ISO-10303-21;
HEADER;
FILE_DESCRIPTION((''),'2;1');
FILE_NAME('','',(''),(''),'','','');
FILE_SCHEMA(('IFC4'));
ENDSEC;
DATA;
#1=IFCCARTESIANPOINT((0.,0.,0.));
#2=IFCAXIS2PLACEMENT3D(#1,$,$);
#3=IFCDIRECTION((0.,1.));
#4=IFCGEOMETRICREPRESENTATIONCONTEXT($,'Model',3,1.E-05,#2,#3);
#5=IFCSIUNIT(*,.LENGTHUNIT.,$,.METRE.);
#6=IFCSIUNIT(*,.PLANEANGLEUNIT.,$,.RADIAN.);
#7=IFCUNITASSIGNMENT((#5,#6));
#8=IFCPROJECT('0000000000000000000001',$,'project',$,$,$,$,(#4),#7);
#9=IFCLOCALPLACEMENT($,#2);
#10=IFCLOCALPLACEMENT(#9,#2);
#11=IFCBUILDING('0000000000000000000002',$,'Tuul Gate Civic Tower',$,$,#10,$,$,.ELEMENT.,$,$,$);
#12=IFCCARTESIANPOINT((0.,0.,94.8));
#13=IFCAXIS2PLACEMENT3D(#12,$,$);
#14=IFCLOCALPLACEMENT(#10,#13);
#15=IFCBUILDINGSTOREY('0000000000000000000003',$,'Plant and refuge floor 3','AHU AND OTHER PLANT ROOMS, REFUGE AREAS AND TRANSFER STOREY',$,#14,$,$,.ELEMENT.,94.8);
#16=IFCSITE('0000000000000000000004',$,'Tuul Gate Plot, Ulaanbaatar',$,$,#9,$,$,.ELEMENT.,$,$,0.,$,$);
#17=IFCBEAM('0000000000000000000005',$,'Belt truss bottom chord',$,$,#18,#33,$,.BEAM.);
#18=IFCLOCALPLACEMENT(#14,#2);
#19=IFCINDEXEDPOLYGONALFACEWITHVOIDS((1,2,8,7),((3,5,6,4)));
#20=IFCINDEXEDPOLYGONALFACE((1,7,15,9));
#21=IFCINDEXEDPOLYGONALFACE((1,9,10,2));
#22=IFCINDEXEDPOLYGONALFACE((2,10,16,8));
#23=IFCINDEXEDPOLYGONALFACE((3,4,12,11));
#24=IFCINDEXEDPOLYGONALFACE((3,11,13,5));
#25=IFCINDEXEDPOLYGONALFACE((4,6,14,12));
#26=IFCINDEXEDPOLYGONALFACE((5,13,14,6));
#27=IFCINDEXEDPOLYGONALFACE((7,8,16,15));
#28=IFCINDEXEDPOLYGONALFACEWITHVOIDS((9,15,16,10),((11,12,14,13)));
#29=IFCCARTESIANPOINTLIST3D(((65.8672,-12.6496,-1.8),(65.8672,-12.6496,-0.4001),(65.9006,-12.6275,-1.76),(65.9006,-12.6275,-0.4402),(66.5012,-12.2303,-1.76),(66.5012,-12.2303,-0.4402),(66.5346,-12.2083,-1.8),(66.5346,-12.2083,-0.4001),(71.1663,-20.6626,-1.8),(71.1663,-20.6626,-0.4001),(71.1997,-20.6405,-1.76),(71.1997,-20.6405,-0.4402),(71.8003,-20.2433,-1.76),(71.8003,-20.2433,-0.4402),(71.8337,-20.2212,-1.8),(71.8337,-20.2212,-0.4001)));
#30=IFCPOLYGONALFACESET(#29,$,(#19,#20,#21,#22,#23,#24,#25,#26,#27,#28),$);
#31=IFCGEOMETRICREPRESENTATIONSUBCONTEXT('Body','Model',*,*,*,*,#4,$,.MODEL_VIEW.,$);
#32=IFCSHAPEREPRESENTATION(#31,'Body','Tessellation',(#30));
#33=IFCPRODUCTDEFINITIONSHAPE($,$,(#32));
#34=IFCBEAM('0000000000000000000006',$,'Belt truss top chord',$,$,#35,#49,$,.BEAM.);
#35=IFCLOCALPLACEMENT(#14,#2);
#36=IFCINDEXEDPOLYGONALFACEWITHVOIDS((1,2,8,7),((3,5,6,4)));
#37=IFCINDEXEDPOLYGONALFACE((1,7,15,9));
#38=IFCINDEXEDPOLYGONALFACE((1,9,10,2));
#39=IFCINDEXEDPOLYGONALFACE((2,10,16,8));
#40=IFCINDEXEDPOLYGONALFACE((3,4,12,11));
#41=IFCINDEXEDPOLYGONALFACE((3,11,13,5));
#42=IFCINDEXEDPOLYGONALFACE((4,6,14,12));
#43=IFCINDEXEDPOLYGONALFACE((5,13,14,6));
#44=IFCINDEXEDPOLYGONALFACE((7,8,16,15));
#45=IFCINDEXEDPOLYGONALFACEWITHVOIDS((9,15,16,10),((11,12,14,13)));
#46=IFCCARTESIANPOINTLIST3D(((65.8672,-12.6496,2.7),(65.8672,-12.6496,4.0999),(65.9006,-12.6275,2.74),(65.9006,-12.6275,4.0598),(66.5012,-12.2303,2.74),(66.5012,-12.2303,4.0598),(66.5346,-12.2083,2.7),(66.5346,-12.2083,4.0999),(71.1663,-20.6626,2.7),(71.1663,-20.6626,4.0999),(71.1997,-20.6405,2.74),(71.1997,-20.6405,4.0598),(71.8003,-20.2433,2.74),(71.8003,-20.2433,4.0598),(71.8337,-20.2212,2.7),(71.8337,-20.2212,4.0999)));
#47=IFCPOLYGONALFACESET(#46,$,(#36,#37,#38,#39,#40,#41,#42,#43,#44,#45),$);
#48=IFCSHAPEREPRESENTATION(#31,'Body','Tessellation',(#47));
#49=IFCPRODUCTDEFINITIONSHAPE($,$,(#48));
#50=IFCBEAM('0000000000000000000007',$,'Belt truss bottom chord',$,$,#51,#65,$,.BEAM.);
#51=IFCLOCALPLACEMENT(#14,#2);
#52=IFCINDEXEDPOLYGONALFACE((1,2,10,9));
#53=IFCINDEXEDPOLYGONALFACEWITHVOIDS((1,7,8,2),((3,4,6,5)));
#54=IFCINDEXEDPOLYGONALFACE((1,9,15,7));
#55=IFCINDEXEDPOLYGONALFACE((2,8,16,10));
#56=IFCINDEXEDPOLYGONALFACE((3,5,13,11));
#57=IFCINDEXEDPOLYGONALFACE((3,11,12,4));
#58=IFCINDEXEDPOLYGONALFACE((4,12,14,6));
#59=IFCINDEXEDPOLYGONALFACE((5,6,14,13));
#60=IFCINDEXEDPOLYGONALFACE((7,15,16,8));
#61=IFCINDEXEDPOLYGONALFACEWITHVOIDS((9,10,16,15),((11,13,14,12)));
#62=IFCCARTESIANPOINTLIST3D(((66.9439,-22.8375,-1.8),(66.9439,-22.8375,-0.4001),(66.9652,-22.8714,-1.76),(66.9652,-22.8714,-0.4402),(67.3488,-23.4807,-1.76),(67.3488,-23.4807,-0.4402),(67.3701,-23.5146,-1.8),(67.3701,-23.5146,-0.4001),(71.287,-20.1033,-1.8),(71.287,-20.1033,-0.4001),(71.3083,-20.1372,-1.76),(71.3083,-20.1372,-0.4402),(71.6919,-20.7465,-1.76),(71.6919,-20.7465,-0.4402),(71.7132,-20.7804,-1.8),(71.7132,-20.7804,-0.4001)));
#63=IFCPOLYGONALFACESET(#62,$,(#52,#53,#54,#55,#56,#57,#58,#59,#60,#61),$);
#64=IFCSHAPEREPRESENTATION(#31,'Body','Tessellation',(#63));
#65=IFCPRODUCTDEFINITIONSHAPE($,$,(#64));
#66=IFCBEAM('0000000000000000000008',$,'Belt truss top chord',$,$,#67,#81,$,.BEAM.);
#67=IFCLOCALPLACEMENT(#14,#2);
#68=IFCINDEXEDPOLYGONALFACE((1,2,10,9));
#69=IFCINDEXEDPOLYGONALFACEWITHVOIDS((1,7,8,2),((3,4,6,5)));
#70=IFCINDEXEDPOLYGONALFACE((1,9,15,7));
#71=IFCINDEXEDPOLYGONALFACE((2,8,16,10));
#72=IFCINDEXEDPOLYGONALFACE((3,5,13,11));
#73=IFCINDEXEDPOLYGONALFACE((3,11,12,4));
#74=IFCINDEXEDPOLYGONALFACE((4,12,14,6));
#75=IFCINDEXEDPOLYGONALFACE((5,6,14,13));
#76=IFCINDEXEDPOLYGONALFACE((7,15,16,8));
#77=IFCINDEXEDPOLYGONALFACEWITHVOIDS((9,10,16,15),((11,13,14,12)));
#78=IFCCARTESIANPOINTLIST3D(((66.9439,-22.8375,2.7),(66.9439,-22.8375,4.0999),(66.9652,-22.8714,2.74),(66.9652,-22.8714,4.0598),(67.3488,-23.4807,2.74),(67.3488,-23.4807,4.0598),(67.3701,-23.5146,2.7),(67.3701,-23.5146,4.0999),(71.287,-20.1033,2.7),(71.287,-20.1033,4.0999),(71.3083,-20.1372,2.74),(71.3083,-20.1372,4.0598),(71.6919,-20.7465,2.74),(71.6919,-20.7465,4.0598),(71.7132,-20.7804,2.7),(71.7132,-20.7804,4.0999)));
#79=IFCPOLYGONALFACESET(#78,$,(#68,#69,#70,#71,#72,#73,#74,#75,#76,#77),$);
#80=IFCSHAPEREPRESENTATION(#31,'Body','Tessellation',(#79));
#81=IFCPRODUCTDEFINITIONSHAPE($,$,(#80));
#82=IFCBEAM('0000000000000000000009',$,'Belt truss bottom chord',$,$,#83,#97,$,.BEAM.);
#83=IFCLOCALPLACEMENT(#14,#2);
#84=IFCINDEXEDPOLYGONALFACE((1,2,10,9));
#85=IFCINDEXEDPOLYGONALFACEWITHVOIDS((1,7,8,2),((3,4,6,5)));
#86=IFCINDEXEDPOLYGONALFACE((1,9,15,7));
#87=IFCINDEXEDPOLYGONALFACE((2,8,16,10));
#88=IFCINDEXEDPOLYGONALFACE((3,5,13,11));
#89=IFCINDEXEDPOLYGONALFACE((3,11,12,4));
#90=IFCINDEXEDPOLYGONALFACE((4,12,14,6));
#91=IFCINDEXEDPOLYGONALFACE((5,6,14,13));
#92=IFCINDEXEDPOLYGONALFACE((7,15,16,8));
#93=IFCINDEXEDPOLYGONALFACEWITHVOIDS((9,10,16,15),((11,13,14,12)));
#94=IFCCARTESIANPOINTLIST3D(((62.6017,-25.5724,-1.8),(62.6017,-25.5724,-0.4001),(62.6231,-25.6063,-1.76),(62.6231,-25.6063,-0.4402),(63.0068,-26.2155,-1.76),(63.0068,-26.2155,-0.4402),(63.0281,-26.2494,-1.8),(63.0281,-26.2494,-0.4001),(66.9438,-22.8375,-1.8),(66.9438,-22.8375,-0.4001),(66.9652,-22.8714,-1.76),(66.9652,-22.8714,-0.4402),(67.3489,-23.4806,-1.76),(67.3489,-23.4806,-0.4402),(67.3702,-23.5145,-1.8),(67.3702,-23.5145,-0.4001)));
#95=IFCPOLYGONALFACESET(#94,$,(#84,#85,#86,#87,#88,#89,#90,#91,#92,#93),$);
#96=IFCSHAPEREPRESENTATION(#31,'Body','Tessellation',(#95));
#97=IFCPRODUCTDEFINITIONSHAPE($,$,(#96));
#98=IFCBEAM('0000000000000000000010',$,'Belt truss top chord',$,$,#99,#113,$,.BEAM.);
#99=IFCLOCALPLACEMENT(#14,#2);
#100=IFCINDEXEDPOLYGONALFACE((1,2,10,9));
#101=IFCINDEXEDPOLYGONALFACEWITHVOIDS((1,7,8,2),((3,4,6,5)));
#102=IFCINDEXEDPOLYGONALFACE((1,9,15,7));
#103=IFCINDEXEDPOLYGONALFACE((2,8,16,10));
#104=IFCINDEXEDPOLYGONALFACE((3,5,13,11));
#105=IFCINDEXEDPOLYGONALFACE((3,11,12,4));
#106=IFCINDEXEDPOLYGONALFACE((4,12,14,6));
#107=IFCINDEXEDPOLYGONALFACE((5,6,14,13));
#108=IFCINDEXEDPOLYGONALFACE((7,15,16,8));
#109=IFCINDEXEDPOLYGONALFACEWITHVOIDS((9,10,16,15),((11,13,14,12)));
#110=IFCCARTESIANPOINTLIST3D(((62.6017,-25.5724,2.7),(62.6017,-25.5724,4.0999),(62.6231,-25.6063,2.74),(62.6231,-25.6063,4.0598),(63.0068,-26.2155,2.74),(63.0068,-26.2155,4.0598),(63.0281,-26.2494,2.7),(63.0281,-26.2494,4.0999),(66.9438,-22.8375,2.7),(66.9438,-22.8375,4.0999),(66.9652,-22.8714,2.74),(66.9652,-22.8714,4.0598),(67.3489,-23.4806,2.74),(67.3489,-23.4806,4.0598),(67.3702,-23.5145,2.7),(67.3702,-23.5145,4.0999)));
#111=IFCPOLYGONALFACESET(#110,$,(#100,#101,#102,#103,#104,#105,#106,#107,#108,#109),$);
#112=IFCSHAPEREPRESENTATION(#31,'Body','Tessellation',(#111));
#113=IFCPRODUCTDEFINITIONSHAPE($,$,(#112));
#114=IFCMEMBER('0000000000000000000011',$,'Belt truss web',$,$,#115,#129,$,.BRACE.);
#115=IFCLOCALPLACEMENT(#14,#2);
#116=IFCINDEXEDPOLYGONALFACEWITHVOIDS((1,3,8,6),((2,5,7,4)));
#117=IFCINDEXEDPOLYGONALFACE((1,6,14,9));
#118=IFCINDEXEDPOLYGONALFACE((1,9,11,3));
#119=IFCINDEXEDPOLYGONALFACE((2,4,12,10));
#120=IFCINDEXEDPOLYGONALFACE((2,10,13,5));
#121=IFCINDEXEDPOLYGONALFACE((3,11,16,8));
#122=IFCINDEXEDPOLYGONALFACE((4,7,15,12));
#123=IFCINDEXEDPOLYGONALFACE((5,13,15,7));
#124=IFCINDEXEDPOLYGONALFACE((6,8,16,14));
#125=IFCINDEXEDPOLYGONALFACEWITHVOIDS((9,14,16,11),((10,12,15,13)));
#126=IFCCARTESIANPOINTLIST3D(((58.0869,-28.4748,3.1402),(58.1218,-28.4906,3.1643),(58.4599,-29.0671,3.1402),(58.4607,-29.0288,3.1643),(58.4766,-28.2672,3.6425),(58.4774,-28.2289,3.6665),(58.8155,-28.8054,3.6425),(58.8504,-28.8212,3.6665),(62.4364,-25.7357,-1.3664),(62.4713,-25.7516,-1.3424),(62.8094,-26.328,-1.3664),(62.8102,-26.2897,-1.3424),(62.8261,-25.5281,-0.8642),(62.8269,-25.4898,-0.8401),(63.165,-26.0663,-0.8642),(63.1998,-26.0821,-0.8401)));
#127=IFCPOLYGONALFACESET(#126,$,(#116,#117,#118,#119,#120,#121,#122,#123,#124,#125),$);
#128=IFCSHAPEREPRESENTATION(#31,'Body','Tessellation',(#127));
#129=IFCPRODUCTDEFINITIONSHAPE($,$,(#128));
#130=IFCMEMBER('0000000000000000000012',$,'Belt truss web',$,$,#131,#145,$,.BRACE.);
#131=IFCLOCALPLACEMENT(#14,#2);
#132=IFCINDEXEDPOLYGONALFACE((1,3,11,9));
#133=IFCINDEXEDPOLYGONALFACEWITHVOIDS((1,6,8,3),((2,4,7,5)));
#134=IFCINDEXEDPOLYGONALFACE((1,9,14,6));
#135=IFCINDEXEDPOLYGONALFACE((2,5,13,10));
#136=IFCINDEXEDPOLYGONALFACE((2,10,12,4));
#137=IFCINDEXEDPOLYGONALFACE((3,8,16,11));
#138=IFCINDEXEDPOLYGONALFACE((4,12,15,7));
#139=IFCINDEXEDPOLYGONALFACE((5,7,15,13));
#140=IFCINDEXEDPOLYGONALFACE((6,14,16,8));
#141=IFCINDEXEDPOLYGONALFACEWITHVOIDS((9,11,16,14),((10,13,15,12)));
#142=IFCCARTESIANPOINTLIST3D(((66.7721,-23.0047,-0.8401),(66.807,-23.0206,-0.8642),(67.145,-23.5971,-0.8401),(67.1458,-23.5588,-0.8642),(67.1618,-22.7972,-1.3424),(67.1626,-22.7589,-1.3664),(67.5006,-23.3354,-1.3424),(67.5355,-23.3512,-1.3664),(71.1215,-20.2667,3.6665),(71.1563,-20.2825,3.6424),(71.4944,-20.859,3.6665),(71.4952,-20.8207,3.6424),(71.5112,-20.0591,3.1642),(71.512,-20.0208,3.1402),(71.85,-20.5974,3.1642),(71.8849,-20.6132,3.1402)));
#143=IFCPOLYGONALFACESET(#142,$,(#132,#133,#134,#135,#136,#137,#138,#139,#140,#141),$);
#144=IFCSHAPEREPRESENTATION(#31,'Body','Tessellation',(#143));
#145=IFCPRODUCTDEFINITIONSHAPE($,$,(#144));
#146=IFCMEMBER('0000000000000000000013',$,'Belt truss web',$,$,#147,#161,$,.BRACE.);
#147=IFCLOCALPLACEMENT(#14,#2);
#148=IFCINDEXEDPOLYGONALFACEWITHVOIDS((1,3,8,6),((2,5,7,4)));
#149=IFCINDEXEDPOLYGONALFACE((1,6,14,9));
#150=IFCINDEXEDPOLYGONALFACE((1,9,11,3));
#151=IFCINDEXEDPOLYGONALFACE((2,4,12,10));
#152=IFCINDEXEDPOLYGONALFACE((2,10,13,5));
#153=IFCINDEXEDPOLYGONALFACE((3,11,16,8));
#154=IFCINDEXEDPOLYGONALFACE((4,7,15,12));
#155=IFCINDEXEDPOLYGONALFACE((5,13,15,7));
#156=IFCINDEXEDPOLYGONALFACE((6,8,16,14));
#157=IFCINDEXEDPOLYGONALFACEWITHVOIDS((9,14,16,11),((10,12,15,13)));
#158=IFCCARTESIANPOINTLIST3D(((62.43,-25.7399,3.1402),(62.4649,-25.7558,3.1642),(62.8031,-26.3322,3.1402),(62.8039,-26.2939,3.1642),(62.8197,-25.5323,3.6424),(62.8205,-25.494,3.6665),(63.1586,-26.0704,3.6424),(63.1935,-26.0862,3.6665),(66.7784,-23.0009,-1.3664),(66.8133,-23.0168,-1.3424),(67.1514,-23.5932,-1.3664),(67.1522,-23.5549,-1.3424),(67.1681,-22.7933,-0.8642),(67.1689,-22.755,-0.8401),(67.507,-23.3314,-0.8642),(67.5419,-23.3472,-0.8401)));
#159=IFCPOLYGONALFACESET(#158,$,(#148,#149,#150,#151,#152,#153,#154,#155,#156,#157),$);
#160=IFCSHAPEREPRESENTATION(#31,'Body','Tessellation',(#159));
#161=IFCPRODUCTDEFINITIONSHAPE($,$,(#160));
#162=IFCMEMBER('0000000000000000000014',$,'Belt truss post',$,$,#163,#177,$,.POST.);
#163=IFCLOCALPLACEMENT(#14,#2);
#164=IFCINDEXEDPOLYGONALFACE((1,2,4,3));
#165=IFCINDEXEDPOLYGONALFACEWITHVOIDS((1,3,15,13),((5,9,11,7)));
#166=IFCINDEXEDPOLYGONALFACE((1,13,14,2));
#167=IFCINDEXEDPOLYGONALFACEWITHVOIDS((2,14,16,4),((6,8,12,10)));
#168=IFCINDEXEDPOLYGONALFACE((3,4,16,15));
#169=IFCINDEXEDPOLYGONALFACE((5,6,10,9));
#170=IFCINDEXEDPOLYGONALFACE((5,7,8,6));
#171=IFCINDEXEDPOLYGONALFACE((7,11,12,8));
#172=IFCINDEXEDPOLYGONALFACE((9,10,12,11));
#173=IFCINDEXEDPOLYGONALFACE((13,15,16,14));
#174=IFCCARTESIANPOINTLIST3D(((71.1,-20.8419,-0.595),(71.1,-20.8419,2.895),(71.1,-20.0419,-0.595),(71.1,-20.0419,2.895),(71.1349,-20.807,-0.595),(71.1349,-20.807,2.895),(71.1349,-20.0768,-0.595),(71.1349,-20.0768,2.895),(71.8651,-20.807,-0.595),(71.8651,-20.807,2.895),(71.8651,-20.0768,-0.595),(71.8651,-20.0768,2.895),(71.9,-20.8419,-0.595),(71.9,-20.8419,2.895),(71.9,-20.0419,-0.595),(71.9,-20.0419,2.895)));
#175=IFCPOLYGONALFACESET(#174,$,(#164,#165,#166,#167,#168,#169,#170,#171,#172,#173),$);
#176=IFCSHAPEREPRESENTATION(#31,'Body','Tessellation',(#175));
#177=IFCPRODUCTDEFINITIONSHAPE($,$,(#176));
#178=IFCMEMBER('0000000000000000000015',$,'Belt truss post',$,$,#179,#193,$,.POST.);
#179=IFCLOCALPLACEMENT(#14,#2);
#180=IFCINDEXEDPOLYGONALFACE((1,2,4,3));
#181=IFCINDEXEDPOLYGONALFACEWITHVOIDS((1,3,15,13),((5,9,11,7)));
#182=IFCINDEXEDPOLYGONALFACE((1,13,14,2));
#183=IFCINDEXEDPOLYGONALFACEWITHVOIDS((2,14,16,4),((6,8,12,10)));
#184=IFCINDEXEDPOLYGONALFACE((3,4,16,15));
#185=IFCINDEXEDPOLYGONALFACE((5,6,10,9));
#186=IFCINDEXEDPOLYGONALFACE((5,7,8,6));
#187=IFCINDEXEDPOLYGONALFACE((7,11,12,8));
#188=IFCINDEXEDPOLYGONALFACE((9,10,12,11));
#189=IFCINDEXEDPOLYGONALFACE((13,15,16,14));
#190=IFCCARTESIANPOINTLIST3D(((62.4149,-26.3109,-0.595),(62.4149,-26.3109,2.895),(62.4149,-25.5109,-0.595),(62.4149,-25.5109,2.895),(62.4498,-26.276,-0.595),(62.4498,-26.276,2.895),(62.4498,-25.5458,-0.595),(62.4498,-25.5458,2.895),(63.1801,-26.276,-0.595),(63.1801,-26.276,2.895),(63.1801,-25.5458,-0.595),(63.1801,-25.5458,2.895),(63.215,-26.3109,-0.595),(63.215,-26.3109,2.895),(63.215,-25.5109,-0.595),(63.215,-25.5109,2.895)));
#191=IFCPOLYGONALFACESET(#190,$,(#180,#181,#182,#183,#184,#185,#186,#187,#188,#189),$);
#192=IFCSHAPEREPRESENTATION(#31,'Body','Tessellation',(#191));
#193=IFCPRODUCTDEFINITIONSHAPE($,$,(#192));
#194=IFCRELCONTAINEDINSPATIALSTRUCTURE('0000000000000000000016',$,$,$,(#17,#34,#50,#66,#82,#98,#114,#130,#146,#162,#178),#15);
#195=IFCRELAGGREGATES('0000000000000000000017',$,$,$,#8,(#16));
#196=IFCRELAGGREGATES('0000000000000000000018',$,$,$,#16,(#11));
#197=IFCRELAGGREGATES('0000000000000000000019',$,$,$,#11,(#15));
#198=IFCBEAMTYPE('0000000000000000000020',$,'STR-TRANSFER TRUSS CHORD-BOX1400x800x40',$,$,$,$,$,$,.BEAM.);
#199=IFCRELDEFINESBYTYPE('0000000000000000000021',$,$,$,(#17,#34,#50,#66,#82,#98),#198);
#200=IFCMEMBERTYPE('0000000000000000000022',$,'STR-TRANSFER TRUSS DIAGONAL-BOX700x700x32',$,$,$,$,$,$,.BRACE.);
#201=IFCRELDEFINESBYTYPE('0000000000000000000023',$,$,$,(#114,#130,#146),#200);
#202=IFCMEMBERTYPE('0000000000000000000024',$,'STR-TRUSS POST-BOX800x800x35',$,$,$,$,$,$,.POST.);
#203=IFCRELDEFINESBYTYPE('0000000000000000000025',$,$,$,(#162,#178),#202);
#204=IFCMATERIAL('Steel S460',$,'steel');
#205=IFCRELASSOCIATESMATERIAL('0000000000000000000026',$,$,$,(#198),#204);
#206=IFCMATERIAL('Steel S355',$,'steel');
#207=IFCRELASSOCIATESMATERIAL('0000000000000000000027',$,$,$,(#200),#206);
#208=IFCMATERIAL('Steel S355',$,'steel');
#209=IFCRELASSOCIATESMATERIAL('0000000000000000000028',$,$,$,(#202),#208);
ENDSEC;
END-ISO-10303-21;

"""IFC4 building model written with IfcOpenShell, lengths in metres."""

from ifc_helpers import new_model, si_unit, direction, frame, origin, origin_2d, place, context, subcontext, project, spatial, hollow_rectangle, extrude, material, material_profile, profile_set, type_object, element, save


model = new_model("IFC4")

# Units and contexts
model_context = context("Model", 3, precision=1e-05, world=origin(), true_north=direction((0.0, 1.0)))
body_context = subcontext(model_context, "Body", "Model", "MODEL_VIEW")
ifc_project = project(units=[si_unit("LENGTHUNIT", "METRE"), si_unit("PLANEANGLEUNIT", "RADIAN")], contexts=[model_context])

# Site, building, storey
site_placement = place(None, origin())
site = spatial("IfcSite", under=ifc_project, at=site_placement, Name="Tuul Gate Plot, Ulaanbaatar", CompositionType="ELEMENT", RefElevation=0.0)
building_placement = place(site_placement, origin())
building = spatial("IfcBuilding", under=site, at=building_placement, Name="Tuul Gate Civic Tower", CompositionType="ELEMENT")
storey_placement = place(building_placement, frame((0.0, 0.0, 94.8)))
storey = spatial("IfcBuildingStorey", under=building, at=storey_placement, Name="Plant and refuge floor 3", Description="AHU AND OTHER PLANT ROOMS, REFUGE AREAS AND TRANSFER STOREY", CompositionType="ELEMENT", Elevation=94.8)

# Beams
ifc_material_1 = material(Name="Steel S460", Category="steel")
ifc_material_profile_1 = material_profile(ifc_material_1, hollow_rectangle(XDim=0.8, YDim=1.3999, WallThickness=0.04, at=origin_2d()), Name="BOX1400x800x40")
ifc_profile_set_1 = profile_set([ifc_material_profile_1], Name="Steel S460")
beam_type = type_object("IfcBeamType", Name="STR-TRANSFER TRUSS CHORD-BOX1400x800x40", PredefinedType="BEAM", material=ifc_profile_set_1)
for number, where, z_axis, x_axis, name in (
    (1, (71.5, -20.4419, -1.1001), (-0.551606, 0.834105, 0.0), (-0.834105, -0.551606, 0.0), "Belt truss bottom chord"),
    (2, (71.5, -20.4419, 3.3999), (-0.551606, 0.834105, 0.0), (-0.834105, -0.551606, 0.0), "Belt truss top chord"),
):
    element("IfcBeam", number, at=place(storey_placement, frame(where, z_axis=z_axis, x_axis=x_axis)), inside=storey, type_object=beam_type, Name=name, PredefinedType="BEAM", context=body_context, shape_type="SweptSolid", body=[
        extrude(hollow_rectangle(XDim=0.8, YDim=1.3999, WallThickness=0.04, at=origin_2d()), origin(), (0.0, 0.0, 1.0), 9.6067),
    ])
for number, where, z_axis, x_axis, name in (
    (3, (67.157, -23.176, -1.1001), (0.846265, 0.532763, 0.0), (-0.532763, 0.846265, 0.0), "Belt truss bottom chord"),
    (4, (67.157, -23.176, 3.3999), (0.846265, 0.532763, 0.0), (-0.532763, 0.846265, 0.0), "Belt truss top chord"),
):
    element("IfcBeam", number, at=place(storey_placement, frame(where, z_axis=z_axis, x_axis=x_axis)), inside=storey, type_object=beam_type, Name=name, PredefinedType="BEAM", context=body_context, shape_type="SweptSolid", body=[
        extrude(hollow_rectangle(XDim=0.8, YDim=1.3999, WallThickness=0.04, at=origin_2d()), origin(), (0.0, 0.0, 1.0), 5.1321),
    ])
for number, where, z_axis, x_axis, name in (
    (5, (62.8149, -25.9109, -1.1001), (0.846146, 0.532951, 0.0), (-0.532951, 0.846146, 0.0), "Belt truss bottom chord"),
    (6, (62.8149, -25.9109, 3.3999), (0.846146, 0.532951, 0.0), (-0.532951, 0.846146, 0.0), "Belt truss top chord"),
):
    element("IfcBeam", number, at=place(storey_placement, frame(where, z_axis=z_axis, x_axis=x_axis)), inside=storey, type_object=beam_type, Name=name, PredefinedType="BEAM", context=body_context, shape_type="SweptSolid", body=[
        extrude(hollow_rectangle(XDim=0.8, YDim=1.3999, WallThickness=0.04, at=origin_2d()), origin(), (0.0, 0.0, 1.0), 5.1316),
    ])

# Members
ifc_material_2 = material(Name="Steel S355", Category="steel")
ifc_material_profile_2 = material_profile(ifc_material_2, hollow_rectangle(XDim=0.7, YDim=0.7, WallThickness=0.032, at=origin_2d()), Name="BOX700x700x32")
ifc_profile_set_2 = profile_set([ifc_material_profile_2], Name="Steel S355")
member_type_1 = type_object("IfcMemberType", Name="STR-TRANSFER TRUSS DIAGONAL-BOX700x700x32", PredefinedType="BRACE", material=ifc_profile_set_2)
member_1_placement = place(storey_placement, frame((62.8181, -25.9089, -1.1033), z_axis=(-0.63626, -0.400685, 0.659261), x_axis=(0.532886, -0.846187, 0.0)))
element("IfcMember", 7, at=member_1_placement, inside=storey, type_object=member_type_1, Name="Belt truss web", PredefinedType="BRACE", context=body_context, shape_type="SweptSolid", body=[
    extrude(hollow_rectangle(XDim=0.7, YDim=0.7, WallThickness=0.032, at=origin_2d()), origin(), (0.0, 0.0, 1.0), 6.8359),
])
member_2_placement = place(storey_placement, frame((67.1538, -23.178, -1.1033), z_axis=(0.636297, 0.400565, 0.659298), x_axis=(-0.53275, 0.846273, 0.0)))
element("IfcMember", 8, at=member_2_placement, inside=storey, type_object=member_type_1, Name="Belt truss web", PredefinedType="BRACE", context=body_context, shape_type="SweptSolid", body=[
    extrude(hollow_rectangle(XDim=0.7, YDim=0.7, WallThickness=0.032, at=origin_2d()), origin(), (0.0, 0.0, 1.0), 6.8354),
])
member_3_placement = place(storey_placement, frame((67.1602, -23.1741, -1.1033), z_axis=(-0.636175, -0.400721, 0.65932), x_axis=(0.532972, -0.846133, 0.0)))
element("IfcMember", 9, at=member_3_placement, inside=storey, type_object=member_type_1, Name="Belt truss web", PredefinedType="BRACE", context=body_context, shape_type="SweptSolid", body=[
    extrude(hollow_rectangle(XDim=0.7, YDim=0.7, WallThickness=0.032, at=origin_2d()), origin(), (0.0, 0.0, 1.0), 6.8352),
])
ifc_material_3 = material(Name="Steel S355", Category="steel")
ifc_material_profile_3 = material_profile(ifc_material_3, hollow_rectangle(XDim=0.8, YDim=0.8, WallThickness=0.0349, at=origin_2d()), Name="BOX800x800x35")
ifc_profile_set_3 = profile_set([ifc_material_profile_3], Name="Steel S355")
member_type_2 = type_object("IfcMemberType", Name="STR-TRUSS POST-BOX800x800x35", PredefinedType="POST", material=ifc_profile_set_3)
for number, where, z_axis, x_axis, name in (
    (10, (71.5, -20.4419, -0.595), (0.0, 0.0, 1.0), (1.0, 0.0, 0.0), "Belt truss post"),
    (11, (62.8149, -25.9109, -0.595), (0.0, 0.0, 1.0), (1.0, 0.0, 0.0), "Belt truss post"),
):
    element("IfcMember", number, at=place(storey_placement, frame(where, z_axis=z_axis, x_axis=x_axis)), inside=storey, type_object=member_type_2, Name=name, PredefinedType="POST", context=body_context, shape_type="SweptSolid", body=[
        extrude(hollow_rectangle(XDim=0.8, YDim=0.8, WallThickness=0.0349, at=origin_2d()), origin(), (0.0, 0.0, 1.0), 3.49),
    ])

save(model, "model.ifc")
